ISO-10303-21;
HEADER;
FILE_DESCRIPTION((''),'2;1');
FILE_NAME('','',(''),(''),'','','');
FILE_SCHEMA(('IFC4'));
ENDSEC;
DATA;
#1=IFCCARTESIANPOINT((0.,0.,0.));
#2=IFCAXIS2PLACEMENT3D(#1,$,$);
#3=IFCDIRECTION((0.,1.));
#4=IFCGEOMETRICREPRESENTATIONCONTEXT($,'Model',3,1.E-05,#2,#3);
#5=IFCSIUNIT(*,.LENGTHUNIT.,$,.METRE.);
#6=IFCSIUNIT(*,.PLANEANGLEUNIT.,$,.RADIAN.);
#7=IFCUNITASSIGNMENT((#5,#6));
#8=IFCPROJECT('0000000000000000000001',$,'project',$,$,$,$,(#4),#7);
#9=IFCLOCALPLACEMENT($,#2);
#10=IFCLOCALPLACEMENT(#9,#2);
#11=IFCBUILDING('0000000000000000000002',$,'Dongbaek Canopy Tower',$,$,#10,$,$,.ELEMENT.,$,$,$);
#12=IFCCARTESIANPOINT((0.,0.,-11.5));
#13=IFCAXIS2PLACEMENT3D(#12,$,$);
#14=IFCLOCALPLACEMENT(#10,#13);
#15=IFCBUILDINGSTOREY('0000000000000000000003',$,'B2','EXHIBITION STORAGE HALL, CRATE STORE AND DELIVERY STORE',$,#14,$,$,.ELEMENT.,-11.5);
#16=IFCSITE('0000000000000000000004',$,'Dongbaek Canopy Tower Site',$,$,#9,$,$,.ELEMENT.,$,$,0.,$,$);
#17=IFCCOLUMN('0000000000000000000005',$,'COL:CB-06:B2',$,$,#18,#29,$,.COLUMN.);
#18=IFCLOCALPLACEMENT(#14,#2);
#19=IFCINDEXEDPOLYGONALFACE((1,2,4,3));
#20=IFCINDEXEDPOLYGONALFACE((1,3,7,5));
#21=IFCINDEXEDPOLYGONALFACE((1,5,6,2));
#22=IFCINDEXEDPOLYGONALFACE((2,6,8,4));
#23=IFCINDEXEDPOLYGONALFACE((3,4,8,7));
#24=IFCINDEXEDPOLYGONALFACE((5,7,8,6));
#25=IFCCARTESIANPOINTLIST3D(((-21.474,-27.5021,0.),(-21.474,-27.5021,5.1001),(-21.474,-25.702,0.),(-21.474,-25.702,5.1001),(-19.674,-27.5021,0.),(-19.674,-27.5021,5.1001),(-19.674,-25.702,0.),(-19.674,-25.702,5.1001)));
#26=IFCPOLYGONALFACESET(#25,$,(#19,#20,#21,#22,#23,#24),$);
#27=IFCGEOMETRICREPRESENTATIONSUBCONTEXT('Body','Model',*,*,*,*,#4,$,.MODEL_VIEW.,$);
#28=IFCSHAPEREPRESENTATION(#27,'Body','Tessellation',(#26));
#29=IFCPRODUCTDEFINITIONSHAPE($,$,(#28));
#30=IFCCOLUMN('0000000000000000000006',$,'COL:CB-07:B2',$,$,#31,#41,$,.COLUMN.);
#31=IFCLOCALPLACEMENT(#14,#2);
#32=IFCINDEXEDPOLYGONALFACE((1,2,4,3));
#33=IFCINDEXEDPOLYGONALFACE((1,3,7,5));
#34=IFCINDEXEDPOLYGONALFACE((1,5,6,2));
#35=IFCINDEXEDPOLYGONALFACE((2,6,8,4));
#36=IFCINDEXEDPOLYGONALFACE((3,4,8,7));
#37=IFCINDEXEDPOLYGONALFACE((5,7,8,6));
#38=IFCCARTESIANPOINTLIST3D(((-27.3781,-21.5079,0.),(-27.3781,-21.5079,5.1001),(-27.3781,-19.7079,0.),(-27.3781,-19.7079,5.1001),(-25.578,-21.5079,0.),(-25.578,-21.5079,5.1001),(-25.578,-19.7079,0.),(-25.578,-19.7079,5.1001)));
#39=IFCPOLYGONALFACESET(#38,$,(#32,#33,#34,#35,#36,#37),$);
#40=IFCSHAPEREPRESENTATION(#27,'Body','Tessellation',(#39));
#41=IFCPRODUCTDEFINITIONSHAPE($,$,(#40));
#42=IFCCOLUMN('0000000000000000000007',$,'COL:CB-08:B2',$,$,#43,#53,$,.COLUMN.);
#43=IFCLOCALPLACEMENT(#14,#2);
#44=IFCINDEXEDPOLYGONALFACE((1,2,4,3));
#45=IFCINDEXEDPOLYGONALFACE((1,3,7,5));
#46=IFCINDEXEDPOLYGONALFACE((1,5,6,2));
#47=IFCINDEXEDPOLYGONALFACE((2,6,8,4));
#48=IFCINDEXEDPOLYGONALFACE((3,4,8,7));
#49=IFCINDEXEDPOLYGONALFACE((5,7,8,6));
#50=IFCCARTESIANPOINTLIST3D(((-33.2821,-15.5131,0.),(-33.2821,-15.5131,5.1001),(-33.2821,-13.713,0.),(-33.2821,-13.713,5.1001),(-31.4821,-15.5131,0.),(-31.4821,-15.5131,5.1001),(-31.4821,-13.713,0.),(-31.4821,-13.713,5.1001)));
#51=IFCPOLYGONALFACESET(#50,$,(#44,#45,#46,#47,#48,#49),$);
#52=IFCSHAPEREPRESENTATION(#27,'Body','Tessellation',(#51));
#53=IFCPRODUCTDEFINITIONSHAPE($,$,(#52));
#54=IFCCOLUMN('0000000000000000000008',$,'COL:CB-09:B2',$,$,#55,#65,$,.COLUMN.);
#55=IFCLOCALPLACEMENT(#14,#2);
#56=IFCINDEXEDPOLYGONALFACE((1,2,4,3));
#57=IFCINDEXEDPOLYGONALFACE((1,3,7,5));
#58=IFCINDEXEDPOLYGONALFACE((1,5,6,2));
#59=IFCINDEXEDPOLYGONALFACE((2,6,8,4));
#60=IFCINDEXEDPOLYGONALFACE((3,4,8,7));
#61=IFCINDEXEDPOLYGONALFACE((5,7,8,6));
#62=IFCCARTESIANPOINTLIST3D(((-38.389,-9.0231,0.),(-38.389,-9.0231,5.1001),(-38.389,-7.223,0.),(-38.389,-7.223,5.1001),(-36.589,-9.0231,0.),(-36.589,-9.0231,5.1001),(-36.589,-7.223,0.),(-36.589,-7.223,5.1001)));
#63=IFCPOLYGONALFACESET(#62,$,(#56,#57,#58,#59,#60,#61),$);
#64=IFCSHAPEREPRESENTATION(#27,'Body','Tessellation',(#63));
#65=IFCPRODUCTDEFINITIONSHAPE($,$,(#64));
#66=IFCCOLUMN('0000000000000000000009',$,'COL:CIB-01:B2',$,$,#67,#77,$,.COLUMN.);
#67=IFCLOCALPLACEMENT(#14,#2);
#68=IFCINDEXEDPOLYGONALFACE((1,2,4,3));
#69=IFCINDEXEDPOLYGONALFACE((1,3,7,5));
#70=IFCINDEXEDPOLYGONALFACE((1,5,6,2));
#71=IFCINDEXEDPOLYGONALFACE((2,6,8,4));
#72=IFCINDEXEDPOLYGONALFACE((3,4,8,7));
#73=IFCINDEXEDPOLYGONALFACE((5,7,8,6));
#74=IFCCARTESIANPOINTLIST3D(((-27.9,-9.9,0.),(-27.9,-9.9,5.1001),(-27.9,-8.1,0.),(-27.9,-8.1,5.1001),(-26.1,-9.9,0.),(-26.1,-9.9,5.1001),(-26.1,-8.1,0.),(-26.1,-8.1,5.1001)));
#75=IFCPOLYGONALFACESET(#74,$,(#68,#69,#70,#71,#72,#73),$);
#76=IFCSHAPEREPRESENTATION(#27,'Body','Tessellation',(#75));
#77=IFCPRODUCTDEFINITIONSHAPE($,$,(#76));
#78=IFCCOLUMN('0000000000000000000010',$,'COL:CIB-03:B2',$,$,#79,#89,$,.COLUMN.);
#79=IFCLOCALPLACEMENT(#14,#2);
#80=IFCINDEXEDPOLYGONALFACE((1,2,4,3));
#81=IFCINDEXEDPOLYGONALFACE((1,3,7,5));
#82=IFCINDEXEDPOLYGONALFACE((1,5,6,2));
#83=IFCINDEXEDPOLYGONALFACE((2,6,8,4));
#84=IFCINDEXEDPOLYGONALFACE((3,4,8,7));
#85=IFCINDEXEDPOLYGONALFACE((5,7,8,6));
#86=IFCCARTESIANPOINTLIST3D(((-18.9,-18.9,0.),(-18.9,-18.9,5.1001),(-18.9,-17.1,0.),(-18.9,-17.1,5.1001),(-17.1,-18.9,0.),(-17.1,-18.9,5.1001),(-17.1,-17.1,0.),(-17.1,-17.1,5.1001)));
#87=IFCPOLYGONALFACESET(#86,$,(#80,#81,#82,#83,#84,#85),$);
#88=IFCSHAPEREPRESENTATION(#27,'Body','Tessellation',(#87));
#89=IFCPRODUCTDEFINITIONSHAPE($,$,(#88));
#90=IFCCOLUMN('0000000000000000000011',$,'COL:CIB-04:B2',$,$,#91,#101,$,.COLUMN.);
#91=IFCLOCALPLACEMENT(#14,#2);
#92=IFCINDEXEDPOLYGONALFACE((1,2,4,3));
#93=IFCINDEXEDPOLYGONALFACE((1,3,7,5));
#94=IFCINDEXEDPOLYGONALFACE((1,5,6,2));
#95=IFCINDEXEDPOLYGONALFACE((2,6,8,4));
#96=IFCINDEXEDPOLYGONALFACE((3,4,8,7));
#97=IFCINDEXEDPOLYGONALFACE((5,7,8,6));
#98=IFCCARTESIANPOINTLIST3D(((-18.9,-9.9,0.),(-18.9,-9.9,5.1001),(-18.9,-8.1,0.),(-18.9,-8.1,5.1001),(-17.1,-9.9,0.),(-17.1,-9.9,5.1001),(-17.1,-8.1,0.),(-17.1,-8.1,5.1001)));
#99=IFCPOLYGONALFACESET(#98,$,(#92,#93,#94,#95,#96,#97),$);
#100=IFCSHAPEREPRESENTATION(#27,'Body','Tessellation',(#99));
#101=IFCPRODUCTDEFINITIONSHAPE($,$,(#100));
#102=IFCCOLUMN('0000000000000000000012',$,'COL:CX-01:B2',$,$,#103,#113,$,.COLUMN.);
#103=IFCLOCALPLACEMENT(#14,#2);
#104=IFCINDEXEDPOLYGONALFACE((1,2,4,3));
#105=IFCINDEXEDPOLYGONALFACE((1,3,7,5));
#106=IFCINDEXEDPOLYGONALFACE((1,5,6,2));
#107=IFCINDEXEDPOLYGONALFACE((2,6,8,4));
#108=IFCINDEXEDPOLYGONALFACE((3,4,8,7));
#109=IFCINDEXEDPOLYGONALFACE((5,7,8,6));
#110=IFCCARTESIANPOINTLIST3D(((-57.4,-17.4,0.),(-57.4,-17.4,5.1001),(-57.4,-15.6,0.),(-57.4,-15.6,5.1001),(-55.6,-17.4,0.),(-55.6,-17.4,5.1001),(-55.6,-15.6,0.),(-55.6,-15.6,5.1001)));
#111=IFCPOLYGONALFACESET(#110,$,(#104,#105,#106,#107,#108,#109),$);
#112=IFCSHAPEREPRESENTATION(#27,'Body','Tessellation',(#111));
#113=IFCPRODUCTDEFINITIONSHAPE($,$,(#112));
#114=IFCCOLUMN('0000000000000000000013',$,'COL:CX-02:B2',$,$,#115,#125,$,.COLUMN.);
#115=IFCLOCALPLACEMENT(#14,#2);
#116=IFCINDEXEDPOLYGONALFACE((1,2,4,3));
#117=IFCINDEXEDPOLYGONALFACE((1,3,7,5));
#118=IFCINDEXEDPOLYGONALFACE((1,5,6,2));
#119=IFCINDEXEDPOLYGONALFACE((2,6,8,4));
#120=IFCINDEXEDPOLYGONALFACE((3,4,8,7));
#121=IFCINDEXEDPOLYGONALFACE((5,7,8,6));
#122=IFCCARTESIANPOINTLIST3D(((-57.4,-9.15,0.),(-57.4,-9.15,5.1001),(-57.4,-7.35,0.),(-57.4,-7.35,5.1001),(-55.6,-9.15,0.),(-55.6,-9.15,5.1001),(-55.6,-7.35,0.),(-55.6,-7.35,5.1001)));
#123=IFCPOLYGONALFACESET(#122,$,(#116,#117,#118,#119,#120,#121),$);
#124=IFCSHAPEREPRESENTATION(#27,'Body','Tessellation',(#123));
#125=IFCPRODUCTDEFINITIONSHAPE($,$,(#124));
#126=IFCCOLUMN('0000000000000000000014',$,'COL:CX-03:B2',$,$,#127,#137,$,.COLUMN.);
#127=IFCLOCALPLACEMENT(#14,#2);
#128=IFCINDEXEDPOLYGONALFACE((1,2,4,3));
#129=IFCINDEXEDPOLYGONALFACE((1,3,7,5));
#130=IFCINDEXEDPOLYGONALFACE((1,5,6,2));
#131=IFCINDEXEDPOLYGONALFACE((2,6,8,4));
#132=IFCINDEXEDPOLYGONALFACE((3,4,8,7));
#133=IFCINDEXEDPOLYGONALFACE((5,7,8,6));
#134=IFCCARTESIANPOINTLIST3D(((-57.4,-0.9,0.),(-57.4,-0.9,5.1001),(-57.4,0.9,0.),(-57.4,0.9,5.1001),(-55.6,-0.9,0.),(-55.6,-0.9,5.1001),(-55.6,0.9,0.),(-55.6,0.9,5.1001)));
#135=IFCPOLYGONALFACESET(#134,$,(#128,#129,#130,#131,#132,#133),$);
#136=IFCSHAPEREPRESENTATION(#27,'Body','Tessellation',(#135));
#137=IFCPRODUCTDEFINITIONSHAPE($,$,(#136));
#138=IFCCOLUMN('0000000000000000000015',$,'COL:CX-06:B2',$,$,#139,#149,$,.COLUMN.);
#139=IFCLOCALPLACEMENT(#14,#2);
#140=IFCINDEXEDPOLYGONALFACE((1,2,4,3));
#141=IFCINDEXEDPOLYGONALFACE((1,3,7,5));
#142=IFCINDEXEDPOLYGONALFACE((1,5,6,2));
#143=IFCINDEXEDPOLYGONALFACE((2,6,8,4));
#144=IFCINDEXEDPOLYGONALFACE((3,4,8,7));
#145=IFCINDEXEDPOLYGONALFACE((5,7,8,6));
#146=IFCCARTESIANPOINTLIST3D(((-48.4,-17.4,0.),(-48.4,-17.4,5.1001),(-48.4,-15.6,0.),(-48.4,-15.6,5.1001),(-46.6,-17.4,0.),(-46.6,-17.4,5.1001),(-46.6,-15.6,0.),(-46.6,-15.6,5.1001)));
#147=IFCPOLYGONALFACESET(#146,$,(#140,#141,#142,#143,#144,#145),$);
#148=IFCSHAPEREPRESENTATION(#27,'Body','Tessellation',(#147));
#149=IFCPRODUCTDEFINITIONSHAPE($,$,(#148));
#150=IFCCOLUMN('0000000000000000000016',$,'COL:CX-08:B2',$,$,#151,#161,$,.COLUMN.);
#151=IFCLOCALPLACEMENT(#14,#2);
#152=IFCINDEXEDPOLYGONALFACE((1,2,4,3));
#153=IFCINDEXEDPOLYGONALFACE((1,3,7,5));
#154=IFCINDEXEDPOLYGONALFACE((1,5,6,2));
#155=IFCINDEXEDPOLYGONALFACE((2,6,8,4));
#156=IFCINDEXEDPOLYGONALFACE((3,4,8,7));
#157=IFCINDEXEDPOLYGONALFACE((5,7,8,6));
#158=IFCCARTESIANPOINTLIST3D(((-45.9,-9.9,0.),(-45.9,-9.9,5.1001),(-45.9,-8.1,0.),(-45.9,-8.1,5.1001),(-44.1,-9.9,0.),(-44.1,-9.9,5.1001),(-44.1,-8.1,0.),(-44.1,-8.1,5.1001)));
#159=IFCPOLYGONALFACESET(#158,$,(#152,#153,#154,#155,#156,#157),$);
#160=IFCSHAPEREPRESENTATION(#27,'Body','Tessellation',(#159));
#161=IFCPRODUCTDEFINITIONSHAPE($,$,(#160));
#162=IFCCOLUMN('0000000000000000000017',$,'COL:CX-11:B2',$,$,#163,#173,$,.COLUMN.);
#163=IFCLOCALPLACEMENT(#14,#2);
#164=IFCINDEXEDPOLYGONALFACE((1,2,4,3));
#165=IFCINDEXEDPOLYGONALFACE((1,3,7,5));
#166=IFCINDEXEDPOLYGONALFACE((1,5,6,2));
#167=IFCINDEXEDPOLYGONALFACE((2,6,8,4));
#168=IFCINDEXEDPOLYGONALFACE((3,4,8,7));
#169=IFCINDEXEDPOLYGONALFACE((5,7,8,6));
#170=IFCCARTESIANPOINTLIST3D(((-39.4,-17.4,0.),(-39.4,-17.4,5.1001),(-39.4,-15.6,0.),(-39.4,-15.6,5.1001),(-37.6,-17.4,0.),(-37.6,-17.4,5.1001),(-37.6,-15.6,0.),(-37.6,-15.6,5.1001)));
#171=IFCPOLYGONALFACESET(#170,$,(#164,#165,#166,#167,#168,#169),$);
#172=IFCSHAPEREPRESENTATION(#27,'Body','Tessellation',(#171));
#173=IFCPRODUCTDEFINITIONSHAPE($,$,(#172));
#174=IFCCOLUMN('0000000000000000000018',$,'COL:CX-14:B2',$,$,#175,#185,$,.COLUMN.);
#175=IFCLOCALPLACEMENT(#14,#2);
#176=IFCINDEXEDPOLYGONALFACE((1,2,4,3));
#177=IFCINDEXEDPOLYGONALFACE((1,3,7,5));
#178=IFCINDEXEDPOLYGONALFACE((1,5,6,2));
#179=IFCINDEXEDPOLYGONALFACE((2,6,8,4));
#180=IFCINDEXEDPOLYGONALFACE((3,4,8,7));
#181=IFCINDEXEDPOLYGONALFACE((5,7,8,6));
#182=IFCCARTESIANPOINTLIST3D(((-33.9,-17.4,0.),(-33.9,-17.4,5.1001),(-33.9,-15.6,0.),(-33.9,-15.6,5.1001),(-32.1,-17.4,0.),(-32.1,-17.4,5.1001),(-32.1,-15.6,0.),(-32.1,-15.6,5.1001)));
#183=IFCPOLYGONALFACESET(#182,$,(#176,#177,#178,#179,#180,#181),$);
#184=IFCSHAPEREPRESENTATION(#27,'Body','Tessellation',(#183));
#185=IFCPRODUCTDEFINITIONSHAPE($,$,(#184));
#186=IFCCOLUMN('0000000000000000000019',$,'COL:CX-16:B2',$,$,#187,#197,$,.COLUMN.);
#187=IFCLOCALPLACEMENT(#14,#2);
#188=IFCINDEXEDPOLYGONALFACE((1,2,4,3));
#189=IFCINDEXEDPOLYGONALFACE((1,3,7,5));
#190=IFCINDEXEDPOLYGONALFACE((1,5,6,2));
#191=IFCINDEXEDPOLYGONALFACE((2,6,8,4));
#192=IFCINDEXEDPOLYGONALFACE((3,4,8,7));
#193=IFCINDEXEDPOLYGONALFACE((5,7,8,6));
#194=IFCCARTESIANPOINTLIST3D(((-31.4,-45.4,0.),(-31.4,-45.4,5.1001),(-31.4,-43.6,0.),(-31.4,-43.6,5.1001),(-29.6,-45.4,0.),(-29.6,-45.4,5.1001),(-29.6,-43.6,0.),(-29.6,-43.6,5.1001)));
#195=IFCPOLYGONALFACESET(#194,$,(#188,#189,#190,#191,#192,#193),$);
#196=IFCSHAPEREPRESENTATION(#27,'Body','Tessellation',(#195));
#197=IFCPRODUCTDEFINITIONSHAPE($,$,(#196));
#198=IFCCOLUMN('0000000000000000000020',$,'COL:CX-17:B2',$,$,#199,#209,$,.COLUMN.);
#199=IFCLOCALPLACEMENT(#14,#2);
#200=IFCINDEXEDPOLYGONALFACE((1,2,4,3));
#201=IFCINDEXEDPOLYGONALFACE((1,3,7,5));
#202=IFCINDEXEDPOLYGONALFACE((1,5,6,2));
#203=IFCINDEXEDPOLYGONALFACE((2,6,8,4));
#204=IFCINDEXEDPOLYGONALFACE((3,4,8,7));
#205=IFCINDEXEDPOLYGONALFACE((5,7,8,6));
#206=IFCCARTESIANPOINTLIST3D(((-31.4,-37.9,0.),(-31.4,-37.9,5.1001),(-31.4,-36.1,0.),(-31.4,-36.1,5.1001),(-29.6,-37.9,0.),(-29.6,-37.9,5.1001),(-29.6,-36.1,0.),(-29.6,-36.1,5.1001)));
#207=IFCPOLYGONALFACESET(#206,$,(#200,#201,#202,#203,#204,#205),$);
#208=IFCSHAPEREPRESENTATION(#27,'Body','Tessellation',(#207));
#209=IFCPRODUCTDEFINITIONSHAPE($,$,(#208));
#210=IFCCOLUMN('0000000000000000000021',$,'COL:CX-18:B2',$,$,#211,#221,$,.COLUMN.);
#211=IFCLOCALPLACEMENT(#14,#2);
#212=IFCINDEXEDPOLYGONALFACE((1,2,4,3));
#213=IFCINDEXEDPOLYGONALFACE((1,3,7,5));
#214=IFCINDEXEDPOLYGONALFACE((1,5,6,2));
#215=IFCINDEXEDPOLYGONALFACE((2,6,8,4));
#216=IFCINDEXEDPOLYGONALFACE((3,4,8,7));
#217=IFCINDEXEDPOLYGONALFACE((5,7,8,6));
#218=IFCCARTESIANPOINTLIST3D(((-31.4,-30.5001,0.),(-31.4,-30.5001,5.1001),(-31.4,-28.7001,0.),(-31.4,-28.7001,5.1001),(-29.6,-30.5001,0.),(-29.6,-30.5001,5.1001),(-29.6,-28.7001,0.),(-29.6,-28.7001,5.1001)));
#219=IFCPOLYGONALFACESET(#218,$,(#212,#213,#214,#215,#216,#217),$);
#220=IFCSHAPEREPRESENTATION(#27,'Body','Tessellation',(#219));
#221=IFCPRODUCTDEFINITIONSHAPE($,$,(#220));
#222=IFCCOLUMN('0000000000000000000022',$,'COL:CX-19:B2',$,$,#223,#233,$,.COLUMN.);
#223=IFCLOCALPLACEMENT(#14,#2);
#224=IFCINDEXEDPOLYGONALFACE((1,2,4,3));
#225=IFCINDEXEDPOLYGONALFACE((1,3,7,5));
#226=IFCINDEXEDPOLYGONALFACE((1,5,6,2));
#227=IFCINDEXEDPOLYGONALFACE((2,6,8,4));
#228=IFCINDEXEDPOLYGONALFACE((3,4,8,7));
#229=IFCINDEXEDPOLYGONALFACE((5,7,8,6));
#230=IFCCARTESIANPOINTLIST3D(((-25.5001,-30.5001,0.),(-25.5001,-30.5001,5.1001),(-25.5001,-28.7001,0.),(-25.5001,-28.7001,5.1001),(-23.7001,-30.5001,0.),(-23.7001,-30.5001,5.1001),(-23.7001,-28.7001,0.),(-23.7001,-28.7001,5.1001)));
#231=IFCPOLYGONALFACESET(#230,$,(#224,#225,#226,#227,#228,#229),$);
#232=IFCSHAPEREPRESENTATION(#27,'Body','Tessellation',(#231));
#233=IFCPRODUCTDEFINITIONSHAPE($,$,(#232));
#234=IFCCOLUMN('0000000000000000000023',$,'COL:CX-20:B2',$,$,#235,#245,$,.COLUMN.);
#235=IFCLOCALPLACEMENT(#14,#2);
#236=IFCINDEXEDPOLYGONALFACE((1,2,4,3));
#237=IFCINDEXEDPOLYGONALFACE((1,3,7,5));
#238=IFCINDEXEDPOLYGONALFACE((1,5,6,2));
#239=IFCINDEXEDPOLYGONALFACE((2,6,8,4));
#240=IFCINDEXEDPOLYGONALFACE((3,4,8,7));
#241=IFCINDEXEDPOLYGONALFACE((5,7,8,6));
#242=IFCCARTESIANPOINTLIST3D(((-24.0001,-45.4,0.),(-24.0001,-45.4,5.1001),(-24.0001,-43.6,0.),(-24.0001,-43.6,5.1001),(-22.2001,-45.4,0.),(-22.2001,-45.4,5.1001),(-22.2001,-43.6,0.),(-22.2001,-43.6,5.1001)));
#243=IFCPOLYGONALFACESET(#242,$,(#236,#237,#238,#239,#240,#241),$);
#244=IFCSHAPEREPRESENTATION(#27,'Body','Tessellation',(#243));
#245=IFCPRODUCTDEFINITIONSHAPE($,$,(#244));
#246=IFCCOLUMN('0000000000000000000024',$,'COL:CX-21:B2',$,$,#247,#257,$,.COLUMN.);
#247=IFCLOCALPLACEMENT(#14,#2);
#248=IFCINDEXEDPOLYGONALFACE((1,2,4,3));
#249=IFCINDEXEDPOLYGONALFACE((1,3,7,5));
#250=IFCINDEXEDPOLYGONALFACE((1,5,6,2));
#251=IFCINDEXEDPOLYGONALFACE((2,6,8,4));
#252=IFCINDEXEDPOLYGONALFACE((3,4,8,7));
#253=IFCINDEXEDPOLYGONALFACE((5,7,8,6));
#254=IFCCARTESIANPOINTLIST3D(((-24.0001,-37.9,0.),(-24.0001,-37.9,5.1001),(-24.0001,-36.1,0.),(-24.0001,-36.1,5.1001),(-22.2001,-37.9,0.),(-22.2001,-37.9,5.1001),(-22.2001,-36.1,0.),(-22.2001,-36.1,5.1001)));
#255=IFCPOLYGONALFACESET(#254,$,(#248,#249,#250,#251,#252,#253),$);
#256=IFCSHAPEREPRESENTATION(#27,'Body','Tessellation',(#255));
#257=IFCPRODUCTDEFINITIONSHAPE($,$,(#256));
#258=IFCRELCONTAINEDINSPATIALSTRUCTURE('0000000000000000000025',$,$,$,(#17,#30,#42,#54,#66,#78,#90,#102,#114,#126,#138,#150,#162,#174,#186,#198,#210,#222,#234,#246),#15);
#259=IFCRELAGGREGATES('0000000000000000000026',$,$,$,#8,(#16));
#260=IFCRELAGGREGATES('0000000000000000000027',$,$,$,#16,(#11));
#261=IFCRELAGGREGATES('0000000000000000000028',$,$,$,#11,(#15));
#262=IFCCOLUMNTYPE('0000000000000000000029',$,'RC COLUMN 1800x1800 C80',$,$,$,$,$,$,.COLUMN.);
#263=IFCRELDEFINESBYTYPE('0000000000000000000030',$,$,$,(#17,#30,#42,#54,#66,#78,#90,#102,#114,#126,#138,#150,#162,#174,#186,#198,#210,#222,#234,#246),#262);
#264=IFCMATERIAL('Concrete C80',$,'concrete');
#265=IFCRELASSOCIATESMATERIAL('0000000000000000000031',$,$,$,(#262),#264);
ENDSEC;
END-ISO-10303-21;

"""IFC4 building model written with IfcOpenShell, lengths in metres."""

from ifc_helpers import new_model, si_unit, direction, frame, origin, origin_2d, place, context, subcontext, project, spatial, rectangle, extrude, material, material_profile, profile_set, type_object, element, save


model = new_model("IFC4")

# Units and contexts
model_context = context("Model", 3, precision=1e-05, world=origin(), true_north=direction((0.0, 1.0)))
body_context = subcontext(model_context, "Body", "Model", "MODEL_VIEW")
ifc_project = project(units=[si_unit("LENGTHUNIT", "METRE"), si_unit("PLANEANGLEUNIT", "RADIAN")], contexts=[model_context])

# Site, building, storey
site_placement = place(None, origin())
site = spatial("IfcSite", under=ifc_project, at=site_placement, Name="Dongbaek Canopy Tower Site", CompositionType="ELEMENT", RefElevation=0.0)
building_placement = place(site_placement, origin())
building = spatial("IfcBuilding", under=site, at=building_placement, Name="Dongbaek Canopy Tower", CompositionType="ELEMENT")
storey_placement = place(building_placement, frame((0.0, 0.0, -11.5)))
storey = spatial("IfcBuildingStorey", under=building, at=storey_placement, Name="B2", Description="EXHIBITION STORAGE HALL, CRATE STORE AND DELIVERY STORE", CompositionType="ELEMENT", Elevation=-11.5)

# Columns
ifc_material_1 = material(Name="Concrete C80", Category="concrete")
ifc_material_profile = material_profile(ifc_material_1, rectangle(XDim=1.8, YDim=1.8, at=origin_2d()), Name="RC COLUMN 1800x1800 C80")
ifc_profile_set = profile_set([ifc_material_profile], Name="Concrete C80")
column_type = type_object("IfcColumnType", Name="RC COLUMN 1800x1800 C80", PredefinedType="COLUMN", material=ifc_profile_set)
for number, where, z_axis, x_axis, name in (
    (1, (-20.574, -26.6021, 0.0), (0.0, 0.0, 1.0), (1.0, 0.0, 0.0), "COL:CB-06:B2"),
    (2, (-26.478, -20.6079, 0.0), (0.0, 0.0, 1.0), (1.0, 0.0, 0.0), "COL:CB-07:B2"),
    (3, (-32.3821, -14.613, 0.0), (0.0, 0.0, 1.0), (1.0, 0.0, 0.0), "COL:CB-08:B2"),
    (4, (-37.489, -8.123, 0.0), (0.0, 0.0, 1.0), (1.0, 0.0, 0.0), "COL:CB-09:B2"),
    (5, (-27.0, -9.0, 0.0), (0.0, 0.0, 1.0), (1.0, 0.0, 0.0), "COL:CIB-01:B2"),
    (6, (-18.0, -18.0, 0.0), (0.0, 0.0, 1.0), (1.0, 0.0, 0.0), "COL:CIB-03:B2"),
    (7, (-18.0, -9.0, 0.0), (0.0, 0.0, 1.0), (1.0, 0.0, 0.0), "COL:CIB-04:B2"),
    (8, (-56.5, -16.5, 0.0), (0.0, 0.0, 1.0), (1.0, 0.0, 0.0), "COL:CX-01:B2"),
    (9, (-56.5, -8.25, 0.0), (0.0, 0.0, 1.0), (1.0, 0.0, 0.0), "COL:CX-02:B2"),
    (10, (-56.5, 0.0, 0.0), (0.0, 0.0, 1.0), (1.0, 0.0, 0.0), "COL:CX-03:B2"),
    (11, (-47.5, -16.5, 0.0), (0.0, 0.0, 1.0), (1.0, 0.0, 0.0), "COL:CX-06:B2"),
    (12, (-45.0, -9.0, 0.0), (0.0, 0.0, 1.0), (1.0, 0.0, 0.0), "COL:CX-08:B2"),
    (13, (-38.5, -16.5, 0.0), (0.0, 0.0, 1.0), (1.0, 0.0, 0.0), "COL:CX-11:B2"),
    (14, (-33.0, -16.5, 0.0), (0.0, 0.0, 1.0), (1.0, 0.0, 0.0), "COL:CX-14:B2"),
    (15, (-30.5, -44.5, 0.0), (0.0, 0.0, 1.0), (1.0, 0.0, 0.0), "COL:CX-16:B2"),
    (16, (-30.5, -37.0, 0.0), (0.0, 0.0, 1.0), (1.0, 0.0, 0.0), "COL:CX-17:B2"),
    (17, (-30.5, -29.6001, 0.0), (0.0, 0.0, 1.0), (1.0, 0.0, 0.0), "COL:CX-18:B2"),
    (18, (-24.6001, -29.6001, 0.0), (0.0, 0.0, 1.0), (1.0, 0.0, 0.0), "COL:CX-19:B2"),
    (19, (-23.1001, -44.5, 0.0), (0.0, 0.0, 1.0), (1.0, 0.0, 0.0), "COL:CX-20:B2"),
    (20, (-23.1001, -37.0, 0.0), (0.0, 0.0, 1.0), (1.0, 0.0, 0.0), "COL:CX-21:B2"),
):
    element("IfcColumn", number, at=place(storey_placement, frame(where, z_axis=z_axis, x_axis=x_axis)), inside=storey, type_object=column_type, Name=name, PredefinedType="COLUMN", context=body_context, shape_type="SweptSolid", body=[
        extrude(rectangle(XDim=1.8, YDim=1.8, at=origin_2d()), origin(), (0.0, 0.0, 1.0), 5.1001),
    ])

save(model, "model.ifc")
